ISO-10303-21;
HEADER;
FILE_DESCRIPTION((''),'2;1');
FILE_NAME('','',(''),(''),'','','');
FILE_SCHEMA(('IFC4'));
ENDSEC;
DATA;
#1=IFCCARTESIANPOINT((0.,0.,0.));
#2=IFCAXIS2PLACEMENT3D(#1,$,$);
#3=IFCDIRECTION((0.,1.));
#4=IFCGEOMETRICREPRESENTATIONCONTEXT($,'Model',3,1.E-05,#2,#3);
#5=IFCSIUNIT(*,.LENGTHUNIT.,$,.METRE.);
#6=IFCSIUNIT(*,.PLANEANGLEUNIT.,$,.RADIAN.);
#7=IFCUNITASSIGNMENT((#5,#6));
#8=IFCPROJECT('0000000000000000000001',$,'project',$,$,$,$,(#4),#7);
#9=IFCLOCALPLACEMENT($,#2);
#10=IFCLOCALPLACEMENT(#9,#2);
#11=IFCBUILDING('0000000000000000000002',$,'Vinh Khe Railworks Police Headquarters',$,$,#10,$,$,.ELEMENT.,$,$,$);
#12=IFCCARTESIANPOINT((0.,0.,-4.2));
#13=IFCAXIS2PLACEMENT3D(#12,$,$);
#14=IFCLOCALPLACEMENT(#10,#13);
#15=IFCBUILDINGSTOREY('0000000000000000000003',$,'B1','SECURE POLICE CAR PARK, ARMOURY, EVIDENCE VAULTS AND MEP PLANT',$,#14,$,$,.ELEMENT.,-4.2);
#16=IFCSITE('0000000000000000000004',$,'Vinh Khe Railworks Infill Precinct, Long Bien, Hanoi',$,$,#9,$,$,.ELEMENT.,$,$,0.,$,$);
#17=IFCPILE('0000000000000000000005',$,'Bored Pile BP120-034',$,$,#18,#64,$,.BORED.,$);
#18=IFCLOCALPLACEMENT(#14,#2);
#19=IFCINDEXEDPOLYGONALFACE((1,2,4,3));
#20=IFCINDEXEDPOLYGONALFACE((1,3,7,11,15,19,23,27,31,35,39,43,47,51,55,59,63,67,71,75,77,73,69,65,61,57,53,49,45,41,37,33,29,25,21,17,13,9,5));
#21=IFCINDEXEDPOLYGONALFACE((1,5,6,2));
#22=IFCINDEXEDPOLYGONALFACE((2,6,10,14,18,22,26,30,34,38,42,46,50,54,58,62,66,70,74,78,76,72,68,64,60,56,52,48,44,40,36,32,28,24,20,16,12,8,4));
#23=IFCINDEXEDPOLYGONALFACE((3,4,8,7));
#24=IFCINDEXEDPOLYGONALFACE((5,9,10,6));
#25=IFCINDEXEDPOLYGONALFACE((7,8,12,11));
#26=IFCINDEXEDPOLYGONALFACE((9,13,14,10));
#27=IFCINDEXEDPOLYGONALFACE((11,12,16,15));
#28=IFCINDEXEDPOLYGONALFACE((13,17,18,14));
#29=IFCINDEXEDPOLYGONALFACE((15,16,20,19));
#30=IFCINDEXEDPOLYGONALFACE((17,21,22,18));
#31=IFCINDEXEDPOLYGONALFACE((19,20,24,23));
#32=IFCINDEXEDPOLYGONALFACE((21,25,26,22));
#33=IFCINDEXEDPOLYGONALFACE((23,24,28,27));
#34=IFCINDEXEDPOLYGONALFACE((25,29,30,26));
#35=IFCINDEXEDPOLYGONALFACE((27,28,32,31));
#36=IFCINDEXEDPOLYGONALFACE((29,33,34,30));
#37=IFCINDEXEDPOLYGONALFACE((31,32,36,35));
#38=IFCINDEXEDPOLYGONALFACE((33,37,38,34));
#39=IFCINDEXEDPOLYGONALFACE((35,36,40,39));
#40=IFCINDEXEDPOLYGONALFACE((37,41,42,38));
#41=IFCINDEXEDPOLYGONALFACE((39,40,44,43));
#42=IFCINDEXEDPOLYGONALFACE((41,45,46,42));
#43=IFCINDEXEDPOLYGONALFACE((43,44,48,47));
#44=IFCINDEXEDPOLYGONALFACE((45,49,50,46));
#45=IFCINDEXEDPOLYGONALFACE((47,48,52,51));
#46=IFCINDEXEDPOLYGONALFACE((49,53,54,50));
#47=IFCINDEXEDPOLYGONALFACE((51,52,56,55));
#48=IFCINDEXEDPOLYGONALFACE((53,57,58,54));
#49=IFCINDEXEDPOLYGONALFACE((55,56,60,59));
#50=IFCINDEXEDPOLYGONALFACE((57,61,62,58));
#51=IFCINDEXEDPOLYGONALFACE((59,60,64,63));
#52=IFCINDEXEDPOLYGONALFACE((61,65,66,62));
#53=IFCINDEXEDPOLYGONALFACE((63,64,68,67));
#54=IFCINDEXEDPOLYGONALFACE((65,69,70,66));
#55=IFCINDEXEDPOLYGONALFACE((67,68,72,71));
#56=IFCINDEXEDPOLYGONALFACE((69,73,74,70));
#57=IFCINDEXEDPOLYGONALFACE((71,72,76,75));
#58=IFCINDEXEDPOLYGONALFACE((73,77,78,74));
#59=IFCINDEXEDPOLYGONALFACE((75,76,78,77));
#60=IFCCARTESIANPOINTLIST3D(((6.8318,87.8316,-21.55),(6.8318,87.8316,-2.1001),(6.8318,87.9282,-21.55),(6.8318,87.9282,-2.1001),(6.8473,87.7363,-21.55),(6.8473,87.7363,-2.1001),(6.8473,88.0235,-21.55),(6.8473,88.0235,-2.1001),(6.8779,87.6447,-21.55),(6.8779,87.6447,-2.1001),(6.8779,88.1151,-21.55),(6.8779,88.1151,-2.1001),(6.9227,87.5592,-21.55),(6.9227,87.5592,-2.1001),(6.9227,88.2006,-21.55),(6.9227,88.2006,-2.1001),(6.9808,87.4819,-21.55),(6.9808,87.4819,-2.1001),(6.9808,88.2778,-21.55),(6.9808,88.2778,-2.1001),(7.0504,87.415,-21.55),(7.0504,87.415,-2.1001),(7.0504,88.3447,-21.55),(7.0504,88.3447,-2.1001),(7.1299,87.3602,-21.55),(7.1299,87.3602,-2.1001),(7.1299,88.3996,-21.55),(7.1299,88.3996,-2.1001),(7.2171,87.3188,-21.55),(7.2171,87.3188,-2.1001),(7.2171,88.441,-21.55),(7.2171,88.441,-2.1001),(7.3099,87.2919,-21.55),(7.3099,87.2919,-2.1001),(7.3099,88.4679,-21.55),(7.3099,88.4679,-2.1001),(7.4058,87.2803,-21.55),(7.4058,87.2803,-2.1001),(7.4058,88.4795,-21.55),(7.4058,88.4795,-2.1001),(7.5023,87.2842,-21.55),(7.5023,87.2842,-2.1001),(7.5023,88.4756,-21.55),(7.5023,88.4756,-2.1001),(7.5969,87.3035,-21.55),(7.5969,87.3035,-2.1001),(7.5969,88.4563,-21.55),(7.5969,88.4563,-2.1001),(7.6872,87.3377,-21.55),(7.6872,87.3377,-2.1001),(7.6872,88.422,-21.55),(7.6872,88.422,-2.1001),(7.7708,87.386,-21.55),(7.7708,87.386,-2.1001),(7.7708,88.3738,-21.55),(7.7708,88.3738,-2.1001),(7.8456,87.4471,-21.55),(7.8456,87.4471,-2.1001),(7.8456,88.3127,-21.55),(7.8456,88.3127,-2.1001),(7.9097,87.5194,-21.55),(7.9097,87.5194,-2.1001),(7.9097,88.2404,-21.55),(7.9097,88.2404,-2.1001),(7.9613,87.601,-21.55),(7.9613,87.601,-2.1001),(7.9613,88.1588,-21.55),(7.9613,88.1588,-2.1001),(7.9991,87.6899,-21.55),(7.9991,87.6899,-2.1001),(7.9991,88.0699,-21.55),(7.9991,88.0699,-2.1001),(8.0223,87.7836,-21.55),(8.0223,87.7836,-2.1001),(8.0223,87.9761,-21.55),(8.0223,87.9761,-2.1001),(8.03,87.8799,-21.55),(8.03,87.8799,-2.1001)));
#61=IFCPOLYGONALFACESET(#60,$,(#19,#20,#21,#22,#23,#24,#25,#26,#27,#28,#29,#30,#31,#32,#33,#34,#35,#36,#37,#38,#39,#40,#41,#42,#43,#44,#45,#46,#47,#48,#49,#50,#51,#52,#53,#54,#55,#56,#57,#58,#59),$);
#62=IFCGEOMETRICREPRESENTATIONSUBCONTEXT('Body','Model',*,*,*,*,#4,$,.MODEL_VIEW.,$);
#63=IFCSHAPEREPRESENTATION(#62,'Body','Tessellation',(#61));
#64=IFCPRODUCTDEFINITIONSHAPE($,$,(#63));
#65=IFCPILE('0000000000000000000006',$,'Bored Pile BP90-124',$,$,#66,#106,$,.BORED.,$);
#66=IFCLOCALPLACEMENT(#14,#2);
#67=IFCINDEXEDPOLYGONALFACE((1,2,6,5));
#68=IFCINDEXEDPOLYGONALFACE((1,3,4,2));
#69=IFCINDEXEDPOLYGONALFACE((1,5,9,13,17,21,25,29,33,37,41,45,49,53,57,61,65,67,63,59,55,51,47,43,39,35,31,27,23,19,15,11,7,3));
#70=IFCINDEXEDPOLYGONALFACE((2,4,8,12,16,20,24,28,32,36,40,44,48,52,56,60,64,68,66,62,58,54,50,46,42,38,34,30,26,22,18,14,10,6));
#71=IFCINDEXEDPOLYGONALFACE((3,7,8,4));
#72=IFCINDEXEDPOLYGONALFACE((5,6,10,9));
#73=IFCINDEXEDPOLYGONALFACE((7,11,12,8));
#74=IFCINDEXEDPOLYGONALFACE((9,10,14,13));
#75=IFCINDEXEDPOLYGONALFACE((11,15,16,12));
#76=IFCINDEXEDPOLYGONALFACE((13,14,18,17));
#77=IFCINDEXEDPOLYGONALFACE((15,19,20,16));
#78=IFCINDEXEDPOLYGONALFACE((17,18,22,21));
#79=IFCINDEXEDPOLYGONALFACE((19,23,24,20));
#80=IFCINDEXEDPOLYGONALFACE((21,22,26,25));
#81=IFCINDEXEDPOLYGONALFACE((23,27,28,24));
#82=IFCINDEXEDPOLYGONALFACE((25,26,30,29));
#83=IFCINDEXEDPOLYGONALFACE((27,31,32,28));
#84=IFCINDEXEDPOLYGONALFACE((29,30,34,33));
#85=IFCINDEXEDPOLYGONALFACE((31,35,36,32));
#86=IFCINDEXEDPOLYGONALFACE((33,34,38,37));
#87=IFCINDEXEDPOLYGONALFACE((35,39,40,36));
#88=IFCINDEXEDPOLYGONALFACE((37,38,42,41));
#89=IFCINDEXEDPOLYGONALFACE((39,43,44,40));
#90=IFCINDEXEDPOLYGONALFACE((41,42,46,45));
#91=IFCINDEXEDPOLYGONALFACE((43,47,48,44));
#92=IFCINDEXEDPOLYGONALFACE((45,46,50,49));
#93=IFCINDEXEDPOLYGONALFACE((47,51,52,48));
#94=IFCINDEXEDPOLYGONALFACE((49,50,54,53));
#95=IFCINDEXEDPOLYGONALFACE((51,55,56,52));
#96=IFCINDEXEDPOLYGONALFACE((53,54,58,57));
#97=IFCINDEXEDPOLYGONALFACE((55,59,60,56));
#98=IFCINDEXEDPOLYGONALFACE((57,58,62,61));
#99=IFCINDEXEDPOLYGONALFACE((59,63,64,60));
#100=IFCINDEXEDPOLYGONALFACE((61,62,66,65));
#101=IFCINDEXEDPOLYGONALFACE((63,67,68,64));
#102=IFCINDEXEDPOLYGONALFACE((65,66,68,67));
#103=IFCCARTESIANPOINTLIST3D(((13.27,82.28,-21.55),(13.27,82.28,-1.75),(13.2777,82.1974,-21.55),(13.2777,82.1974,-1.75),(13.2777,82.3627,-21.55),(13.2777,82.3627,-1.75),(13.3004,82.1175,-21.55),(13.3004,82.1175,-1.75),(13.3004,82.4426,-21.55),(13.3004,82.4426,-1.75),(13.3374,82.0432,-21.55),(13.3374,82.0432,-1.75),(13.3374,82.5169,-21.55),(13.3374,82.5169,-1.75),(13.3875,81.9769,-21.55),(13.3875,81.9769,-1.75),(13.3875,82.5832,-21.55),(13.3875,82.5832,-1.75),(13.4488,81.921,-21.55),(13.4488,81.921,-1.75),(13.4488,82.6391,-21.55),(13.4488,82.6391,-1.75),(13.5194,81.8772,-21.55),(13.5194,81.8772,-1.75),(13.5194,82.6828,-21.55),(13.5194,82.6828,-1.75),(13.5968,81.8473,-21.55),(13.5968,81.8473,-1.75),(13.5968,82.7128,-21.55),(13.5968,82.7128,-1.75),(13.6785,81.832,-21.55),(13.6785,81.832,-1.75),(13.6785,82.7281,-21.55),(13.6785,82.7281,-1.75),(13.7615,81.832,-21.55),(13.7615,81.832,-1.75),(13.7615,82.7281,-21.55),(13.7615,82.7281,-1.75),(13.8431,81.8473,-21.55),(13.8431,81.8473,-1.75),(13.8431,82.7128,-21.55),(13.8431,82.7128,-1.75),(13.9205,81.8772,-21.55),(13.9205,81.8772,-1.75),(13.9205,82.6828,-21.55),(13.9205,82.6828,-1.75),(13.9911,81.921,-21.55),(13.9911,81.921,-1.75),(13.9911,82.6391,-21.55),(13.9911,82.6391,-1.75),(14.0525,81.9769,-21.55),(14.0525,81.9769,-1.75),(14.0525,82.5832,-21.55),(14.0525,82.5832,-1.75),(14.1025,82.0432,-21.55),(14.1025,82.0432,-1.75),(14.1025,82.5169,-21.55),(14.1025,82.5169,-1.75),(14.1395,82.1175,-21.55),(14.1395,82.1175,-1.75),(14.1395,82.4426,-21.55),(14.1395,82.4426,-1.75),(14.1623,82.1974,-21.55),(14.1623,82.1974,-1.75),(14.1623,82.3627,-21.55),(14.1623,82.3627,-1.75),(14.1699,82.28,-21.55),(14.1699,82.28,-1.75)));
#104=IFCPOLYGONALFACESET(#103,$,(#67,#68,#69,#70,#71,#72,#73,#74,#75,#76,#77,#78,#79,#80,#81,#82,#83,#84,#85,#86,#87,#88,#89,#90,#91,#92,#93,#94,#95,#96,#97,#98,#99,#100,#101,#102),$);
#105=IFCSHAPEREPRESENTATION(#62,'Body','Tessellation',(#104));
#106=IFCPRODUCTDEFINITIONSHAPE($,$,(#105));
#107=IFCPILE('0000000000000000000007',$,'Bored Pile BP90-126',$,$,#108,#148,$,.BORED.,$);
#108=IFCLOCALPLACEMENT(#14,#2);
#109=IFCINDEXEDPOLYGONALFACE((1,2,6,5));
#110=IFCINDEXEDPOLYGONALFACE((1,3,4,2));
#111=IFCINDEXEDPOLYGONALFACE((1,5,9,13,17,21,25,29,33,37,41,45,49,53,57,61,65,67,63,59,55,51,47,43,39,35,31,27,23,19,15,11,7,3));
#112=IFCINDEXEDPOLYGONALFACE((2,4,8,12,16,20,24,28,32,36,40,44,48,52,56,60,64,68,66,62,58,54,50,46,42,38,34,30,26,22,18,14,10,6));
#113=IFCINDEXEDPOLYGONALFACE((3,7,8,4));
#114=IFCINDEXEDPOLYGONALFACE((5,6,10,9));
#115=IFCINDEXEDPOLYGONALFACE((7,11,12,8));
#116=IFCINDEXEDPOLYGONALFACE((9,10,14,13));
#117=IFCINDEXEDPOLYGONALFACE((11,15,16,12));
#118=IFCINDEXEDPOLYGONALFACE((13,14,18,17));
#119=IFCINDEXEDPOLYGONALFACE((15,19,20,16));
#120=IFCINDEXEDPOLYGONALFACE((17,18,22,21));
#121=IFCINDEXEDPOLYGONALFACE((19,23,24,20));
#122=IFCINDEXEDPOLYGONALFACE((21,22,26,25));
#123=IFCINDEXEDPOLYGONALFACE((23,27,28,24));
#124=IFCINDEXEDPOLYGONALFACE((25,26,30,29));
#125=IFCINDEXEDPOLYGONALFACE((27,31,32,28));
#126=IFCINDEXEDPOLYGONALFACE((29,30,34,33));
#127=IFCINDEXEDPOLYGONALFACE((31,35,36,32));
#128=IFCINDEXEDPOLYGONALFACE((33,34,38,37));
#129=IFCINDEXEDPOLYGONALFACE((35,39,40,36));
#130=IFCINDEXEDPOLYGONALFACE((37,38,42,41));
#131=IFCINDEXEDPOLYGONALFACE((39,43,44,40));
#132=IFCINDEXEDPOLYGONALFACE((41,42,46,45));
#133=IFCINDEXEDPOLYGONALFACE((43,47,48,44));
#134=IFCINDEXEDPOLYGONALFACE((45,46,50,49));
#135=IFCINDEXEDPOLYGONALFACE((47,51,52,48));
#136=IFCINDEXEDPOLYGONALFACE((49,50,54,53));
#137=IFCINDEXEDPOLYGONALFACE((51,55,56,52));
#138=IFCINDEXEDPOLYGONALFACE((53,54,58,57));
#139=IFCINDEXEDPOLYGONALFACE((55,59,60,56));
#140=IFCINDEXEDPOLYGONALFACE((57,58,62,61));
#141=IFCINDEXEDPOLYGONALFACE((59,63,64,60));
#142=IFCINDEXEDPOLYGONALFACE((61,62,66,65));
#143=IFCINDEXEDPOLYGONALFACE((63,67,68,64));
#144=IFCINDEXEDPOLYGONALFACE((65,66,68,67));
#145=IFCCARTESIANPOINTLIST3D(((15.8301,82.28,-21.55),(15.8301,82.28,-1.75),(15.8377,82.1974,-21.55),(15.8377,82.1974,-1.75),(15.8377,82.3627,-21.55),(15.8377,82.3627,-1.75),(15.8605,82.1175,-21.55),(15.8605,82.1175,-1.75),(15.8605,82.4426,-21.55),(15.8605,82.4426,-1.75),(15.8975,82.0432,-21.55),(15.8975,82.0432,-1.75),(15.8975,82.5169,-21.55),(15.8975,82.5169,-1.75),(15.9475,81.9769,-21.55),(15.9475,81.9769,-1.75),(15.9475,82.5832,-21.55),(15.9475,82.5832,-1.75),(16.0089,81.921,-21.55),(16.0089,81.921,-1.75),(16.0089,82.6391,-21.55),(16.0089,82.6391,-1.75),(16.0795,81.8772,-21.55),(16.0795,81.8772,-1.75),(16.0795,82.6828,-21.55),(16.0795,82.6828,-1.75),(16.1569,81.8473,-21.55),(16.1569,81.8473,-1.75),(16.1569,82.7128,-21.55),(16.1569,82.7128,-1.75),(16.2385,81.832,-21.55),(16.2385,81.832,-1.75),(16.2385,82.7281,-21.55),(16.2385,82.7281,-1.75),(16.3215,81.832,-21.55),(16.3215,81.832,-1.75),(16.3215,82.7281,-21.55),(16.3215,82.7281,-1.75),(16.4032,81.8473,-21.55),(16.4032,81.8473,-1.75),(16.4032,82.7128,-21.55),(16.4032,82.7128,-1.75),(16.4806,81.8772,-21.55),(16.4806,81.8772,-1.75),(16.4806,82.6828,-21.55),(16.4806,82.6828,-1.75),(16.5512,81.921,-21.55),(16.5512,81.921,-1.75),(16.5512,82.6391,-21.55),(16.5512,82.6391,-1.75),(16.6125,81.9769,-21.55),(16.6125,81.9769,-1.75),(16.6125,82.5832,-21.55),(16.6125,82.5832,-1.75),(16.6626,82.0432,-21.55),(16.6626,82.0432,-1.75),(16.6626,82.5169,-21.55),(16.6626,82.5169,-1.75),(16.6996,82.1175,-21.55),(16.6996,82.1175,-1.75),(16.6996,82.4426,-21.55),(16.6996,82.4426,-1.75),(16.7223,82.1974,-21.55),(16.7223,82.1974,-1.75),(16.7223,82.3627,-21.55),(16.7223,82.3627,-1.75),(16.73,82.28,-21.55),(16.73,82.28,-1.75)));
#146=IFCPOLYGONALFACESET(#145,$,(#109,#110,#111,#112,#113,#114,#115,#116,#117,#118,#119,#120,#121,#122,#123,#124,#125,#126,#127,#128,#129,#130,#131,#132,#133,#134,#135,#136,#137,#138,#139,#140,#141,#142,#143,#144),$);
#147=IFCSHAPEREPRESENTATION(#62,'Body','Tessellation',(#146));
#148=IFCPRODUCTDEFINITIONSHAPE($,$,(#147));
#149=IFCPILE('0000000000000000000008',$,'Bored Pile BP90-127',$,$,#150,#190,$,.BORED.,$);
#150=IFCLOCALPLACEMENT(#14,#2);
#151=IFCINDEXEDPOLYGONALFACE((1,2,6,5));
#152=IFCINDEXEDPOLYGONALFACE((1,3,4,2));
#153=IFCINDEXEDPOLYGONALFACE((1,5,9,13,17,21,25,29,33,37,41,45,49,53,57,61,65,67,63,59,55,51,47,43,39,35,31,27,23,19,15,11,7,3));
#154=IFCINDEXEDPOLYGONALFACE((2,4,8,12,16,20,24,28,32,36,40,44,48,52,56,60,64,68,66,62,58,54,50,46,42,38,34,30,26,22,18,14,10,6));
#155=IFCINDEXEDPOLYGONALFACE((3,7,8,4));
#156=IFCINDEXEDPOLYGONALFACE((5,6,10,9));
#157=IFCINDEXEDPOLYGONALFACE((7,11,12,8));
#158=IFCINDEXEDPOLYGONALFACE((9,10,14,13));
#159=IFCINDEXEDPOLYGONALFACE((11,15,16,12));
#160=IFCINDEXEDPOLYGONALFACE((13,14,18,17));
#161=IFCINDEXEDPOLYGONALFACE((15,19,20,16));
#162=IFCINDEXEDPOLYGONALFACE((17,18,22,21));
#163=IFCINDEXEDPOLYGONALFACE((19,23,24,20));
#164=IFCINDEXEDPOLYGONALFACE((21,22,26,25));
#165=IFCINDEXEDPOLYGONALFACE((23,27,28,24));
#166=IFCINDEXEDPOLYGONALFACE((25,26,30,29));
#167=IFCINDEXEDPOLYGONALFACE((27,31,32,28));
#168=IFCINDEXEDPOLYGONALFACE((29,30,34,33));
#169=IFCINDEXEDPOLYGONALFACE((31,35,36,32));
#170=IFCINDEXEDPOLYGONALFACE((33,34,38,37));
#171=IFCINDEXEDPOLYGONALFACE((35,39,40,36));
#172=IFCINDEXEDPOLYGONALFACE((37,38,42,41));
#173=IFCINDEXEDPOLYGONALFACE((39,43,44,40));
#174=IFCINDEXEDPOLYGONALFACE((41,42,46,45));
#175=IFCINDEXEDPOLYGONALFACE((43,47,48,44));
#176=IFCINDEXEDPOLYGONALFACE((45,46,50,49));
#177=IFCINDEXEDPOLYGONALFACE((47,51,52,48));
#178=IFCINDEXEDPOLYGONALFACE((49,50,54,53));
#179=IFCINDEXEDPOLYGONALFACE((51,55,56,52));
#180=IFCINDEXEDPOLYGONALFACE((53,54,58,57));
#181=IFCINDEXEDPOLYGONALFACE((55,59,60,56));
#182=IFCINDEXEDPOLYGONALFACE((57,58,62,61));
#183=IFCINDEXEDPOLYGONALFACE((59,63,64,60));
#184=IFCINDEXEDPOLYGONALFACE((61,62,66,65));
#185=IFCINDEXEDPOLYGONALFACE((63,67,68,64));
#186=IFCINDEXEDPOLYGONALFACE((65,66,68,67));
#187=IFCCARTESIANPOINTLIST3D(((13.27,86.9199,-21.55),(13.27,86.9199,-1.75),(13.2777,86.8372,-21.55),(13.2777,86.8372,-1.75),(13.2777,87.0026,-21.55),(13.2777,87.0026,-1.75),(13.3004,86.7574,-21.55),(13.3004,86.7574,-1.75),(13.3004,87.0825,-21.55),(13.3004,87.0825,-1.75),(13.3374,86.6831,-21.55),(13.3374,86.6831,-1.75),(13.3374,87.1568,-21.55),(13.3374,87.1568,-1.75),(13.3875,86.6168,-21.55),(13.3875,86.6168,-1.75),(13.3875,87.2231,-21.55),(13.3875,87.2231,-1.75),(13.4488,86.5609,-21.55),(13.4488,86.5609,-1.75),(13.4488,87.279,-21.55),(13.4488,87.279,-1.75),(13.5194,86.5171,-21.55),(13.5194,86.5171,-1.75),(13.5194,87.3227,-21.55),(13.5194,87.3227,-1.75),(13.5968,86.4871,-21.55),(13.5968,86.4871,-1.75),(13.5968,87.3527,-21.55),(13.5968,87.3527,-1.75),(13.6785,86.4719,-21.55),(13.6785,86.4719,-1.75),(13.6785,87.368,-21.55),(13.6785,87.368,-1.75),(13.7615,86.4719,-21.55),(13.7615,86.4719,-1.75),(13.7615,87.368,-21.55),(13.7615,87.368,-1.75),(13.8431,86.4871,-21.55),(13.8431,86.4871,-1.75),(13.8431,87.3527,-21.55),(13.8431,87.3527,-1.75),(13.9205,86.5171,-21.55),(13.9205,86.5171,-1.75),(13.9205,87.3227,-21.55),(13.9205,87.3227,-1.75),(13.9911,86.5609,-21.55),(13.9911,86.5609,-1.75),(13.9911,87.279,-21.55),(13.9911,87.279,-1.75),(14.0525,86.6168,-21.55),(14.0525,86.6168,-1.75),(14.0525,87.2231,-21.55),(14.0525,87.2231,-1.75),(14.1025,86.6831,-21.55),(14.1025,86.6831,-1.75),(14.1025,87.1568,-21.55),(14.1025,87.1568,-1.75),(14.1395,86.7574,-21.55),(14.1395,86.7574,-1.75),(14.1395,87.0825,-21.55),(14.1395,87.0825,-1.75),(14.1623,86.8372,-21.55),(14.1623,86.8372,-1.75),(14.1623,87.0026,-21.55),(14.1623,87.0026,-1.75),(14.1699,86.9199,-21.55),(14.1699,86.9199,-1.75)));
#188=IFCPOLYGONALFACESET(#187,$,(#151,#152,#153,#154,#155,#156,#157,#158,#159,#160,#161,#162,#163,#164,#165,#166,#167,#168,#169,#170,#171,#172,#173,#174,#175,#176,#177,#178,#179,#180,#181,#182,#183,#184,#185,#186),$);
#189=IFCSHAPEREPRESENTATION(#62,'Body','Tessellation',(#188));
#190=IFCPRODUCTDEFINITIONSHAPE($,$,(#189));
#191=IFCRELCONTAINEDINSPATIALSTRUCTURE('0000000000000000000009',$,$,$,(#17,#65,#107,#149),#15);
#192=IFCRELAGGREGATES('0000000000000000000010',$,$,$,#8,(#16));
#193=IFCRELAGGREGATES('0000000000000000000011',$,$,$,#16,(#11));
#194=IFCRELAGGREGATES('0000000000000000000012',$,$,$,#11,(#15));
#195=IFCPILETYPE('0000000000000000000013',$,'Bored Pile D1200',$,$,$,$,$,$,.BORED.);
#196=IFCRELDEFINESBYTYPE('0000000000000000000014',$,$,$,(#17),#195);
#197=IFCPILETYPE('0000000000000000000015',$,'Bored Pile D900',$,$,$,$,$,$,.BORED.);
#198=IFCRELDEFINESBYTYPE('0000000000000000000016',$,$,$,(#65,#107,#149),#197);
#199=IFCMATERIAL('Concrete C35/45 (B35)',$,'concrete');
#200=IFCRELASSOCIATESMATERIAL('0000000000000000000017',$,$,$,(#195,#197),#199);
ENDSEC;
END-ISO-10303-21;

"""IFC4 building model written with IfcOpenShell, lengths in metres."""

from ifc_helpers import new_model, si_unit, direction, frame, origin, origin_2d, place, context, subcontext, project, spatial, circle, extrude, material, material_profile, profile_set, type_object, element, save


model = new_model("IFC4")

# Units and contexts
model_context = context("Model", 3, precision=1e-05, world=origin(), true_north=direction((0.0, 1.0)))
body_context = subcontext(model_context, "Body", "Model", "MODEL_VIEW")
ifc_project = project(units=[si_unit("LENGTHUNIT", "METRE"), si_unit("PLANEANGLEUNIT", "RADIAN")], contexts=[model_context])

# Site, building, storey
site_placement = place(None, origin())
site = spatial("IfcSite", under=ifc_project, at=site_placement, Name="Vinh Khe Railworks Infill Precinct, Long Bien, Hanoi", CompositionType="ELEMENT", RefElevation=0.0)
building_placement = place(site_placement, origin())
building = spatial("IfcBuilding", under=site, at=building_placement, Name="Vinh Khe Railworks Police Headquarters", CompositionType="ELEMENT")
storey_placement = place(building_placement, frame((0.0, 0.0, -4.2)))
storey = spatial("IfcBuildingStorey", under=building, at=storey_placement, Name="B1", Description="SECURE POLICE CAR PARK, ARMOURY, EVIDENCE VAULTS AND MEP PLANT", CompositionType="ELEMENT", Elevation=-4.2)

# Piles
ifc_material_1 = material(Name="Concrete C35/45 (B35)", Category="concrete")
ifc_material_profile_1 = material_profile(ifc_material_1, circle(Radius=0.6001, at=origin_2d()), Name="BORED PILE D1200")
ifc_profile_set_1 = profile_set([ifc_material_profile_1], Name="Concrete C35/45 (B35)")
pile_type_1 = type_object("IfcPileType", Name="Bored Pile D1200", PredefinedType="BORED", material=ifc_profile_set_1)
pile_placement = place(storey_placement, frame((7.4299, 87.8799, -2.1001), z_axis=(0.0, 0.0, -1.0), x_axis=(1.0, 0.0, 0.0)))
element("IfcPile", 1, at=pile_placement, inside=storey, type_object=pile_type_1, Name="Bored Pile BP120-034", PredefinedType="BORED", context=body_context, shape_type="SweptSolid", body=[
    extrude(circle(Radius=0.6001, at=origin_2d()), origin(), (0.0, 0.0, 1.0), 19.45),
])
ifc_material_profile_2 = material_profile(ifc_material_1, circle(Radius=0.45, at=origin_2d()), Name="BORED PILE D900")
ifc_profile_set_2 = profile_set([ifc_material_profile_2], Name="Concrete C35/45 (B35)")
pile_type_2 = type_object("IfcPileType", Name="Bored Pile D900", PredefinedType="BORED", material=ifc_profile_set_2)
for number, where, z_axis, x_axis, name in (
    (2, (13.72, 82.28, -1.75), (0.0, 0.0, -1.0), (1.0, 0.0, 0.0), "Bored Pile BP90-124"),
    (3, (16.28, 82.28, -1.75), (0.0, 0.0, -1.0), (1.0, 0.0, 0.0), "Bored Pile BP90-126"),
    (4, (13.72, 86.9199, -1.75), (0.0, 0.0, -1.0), (1.0, 0.0, 0.0), "Bored Pile BP90-127"),
):
    element("IfcPile", number, at=place(storey_placement, frame(where, z_axis=z_axis, x_axis=x_axis)), inside=storey, type_object=pile_type_2, Name=name, PredefinedType="BORED", context=body_context, shape_type="SweptSolid", body=[
        extrude(circle(Radius=0.45, at=origin_2d()), origin(), (0.0, 0.0, 1.0), 19.8),
    ])

save(model, "model.ifc")
